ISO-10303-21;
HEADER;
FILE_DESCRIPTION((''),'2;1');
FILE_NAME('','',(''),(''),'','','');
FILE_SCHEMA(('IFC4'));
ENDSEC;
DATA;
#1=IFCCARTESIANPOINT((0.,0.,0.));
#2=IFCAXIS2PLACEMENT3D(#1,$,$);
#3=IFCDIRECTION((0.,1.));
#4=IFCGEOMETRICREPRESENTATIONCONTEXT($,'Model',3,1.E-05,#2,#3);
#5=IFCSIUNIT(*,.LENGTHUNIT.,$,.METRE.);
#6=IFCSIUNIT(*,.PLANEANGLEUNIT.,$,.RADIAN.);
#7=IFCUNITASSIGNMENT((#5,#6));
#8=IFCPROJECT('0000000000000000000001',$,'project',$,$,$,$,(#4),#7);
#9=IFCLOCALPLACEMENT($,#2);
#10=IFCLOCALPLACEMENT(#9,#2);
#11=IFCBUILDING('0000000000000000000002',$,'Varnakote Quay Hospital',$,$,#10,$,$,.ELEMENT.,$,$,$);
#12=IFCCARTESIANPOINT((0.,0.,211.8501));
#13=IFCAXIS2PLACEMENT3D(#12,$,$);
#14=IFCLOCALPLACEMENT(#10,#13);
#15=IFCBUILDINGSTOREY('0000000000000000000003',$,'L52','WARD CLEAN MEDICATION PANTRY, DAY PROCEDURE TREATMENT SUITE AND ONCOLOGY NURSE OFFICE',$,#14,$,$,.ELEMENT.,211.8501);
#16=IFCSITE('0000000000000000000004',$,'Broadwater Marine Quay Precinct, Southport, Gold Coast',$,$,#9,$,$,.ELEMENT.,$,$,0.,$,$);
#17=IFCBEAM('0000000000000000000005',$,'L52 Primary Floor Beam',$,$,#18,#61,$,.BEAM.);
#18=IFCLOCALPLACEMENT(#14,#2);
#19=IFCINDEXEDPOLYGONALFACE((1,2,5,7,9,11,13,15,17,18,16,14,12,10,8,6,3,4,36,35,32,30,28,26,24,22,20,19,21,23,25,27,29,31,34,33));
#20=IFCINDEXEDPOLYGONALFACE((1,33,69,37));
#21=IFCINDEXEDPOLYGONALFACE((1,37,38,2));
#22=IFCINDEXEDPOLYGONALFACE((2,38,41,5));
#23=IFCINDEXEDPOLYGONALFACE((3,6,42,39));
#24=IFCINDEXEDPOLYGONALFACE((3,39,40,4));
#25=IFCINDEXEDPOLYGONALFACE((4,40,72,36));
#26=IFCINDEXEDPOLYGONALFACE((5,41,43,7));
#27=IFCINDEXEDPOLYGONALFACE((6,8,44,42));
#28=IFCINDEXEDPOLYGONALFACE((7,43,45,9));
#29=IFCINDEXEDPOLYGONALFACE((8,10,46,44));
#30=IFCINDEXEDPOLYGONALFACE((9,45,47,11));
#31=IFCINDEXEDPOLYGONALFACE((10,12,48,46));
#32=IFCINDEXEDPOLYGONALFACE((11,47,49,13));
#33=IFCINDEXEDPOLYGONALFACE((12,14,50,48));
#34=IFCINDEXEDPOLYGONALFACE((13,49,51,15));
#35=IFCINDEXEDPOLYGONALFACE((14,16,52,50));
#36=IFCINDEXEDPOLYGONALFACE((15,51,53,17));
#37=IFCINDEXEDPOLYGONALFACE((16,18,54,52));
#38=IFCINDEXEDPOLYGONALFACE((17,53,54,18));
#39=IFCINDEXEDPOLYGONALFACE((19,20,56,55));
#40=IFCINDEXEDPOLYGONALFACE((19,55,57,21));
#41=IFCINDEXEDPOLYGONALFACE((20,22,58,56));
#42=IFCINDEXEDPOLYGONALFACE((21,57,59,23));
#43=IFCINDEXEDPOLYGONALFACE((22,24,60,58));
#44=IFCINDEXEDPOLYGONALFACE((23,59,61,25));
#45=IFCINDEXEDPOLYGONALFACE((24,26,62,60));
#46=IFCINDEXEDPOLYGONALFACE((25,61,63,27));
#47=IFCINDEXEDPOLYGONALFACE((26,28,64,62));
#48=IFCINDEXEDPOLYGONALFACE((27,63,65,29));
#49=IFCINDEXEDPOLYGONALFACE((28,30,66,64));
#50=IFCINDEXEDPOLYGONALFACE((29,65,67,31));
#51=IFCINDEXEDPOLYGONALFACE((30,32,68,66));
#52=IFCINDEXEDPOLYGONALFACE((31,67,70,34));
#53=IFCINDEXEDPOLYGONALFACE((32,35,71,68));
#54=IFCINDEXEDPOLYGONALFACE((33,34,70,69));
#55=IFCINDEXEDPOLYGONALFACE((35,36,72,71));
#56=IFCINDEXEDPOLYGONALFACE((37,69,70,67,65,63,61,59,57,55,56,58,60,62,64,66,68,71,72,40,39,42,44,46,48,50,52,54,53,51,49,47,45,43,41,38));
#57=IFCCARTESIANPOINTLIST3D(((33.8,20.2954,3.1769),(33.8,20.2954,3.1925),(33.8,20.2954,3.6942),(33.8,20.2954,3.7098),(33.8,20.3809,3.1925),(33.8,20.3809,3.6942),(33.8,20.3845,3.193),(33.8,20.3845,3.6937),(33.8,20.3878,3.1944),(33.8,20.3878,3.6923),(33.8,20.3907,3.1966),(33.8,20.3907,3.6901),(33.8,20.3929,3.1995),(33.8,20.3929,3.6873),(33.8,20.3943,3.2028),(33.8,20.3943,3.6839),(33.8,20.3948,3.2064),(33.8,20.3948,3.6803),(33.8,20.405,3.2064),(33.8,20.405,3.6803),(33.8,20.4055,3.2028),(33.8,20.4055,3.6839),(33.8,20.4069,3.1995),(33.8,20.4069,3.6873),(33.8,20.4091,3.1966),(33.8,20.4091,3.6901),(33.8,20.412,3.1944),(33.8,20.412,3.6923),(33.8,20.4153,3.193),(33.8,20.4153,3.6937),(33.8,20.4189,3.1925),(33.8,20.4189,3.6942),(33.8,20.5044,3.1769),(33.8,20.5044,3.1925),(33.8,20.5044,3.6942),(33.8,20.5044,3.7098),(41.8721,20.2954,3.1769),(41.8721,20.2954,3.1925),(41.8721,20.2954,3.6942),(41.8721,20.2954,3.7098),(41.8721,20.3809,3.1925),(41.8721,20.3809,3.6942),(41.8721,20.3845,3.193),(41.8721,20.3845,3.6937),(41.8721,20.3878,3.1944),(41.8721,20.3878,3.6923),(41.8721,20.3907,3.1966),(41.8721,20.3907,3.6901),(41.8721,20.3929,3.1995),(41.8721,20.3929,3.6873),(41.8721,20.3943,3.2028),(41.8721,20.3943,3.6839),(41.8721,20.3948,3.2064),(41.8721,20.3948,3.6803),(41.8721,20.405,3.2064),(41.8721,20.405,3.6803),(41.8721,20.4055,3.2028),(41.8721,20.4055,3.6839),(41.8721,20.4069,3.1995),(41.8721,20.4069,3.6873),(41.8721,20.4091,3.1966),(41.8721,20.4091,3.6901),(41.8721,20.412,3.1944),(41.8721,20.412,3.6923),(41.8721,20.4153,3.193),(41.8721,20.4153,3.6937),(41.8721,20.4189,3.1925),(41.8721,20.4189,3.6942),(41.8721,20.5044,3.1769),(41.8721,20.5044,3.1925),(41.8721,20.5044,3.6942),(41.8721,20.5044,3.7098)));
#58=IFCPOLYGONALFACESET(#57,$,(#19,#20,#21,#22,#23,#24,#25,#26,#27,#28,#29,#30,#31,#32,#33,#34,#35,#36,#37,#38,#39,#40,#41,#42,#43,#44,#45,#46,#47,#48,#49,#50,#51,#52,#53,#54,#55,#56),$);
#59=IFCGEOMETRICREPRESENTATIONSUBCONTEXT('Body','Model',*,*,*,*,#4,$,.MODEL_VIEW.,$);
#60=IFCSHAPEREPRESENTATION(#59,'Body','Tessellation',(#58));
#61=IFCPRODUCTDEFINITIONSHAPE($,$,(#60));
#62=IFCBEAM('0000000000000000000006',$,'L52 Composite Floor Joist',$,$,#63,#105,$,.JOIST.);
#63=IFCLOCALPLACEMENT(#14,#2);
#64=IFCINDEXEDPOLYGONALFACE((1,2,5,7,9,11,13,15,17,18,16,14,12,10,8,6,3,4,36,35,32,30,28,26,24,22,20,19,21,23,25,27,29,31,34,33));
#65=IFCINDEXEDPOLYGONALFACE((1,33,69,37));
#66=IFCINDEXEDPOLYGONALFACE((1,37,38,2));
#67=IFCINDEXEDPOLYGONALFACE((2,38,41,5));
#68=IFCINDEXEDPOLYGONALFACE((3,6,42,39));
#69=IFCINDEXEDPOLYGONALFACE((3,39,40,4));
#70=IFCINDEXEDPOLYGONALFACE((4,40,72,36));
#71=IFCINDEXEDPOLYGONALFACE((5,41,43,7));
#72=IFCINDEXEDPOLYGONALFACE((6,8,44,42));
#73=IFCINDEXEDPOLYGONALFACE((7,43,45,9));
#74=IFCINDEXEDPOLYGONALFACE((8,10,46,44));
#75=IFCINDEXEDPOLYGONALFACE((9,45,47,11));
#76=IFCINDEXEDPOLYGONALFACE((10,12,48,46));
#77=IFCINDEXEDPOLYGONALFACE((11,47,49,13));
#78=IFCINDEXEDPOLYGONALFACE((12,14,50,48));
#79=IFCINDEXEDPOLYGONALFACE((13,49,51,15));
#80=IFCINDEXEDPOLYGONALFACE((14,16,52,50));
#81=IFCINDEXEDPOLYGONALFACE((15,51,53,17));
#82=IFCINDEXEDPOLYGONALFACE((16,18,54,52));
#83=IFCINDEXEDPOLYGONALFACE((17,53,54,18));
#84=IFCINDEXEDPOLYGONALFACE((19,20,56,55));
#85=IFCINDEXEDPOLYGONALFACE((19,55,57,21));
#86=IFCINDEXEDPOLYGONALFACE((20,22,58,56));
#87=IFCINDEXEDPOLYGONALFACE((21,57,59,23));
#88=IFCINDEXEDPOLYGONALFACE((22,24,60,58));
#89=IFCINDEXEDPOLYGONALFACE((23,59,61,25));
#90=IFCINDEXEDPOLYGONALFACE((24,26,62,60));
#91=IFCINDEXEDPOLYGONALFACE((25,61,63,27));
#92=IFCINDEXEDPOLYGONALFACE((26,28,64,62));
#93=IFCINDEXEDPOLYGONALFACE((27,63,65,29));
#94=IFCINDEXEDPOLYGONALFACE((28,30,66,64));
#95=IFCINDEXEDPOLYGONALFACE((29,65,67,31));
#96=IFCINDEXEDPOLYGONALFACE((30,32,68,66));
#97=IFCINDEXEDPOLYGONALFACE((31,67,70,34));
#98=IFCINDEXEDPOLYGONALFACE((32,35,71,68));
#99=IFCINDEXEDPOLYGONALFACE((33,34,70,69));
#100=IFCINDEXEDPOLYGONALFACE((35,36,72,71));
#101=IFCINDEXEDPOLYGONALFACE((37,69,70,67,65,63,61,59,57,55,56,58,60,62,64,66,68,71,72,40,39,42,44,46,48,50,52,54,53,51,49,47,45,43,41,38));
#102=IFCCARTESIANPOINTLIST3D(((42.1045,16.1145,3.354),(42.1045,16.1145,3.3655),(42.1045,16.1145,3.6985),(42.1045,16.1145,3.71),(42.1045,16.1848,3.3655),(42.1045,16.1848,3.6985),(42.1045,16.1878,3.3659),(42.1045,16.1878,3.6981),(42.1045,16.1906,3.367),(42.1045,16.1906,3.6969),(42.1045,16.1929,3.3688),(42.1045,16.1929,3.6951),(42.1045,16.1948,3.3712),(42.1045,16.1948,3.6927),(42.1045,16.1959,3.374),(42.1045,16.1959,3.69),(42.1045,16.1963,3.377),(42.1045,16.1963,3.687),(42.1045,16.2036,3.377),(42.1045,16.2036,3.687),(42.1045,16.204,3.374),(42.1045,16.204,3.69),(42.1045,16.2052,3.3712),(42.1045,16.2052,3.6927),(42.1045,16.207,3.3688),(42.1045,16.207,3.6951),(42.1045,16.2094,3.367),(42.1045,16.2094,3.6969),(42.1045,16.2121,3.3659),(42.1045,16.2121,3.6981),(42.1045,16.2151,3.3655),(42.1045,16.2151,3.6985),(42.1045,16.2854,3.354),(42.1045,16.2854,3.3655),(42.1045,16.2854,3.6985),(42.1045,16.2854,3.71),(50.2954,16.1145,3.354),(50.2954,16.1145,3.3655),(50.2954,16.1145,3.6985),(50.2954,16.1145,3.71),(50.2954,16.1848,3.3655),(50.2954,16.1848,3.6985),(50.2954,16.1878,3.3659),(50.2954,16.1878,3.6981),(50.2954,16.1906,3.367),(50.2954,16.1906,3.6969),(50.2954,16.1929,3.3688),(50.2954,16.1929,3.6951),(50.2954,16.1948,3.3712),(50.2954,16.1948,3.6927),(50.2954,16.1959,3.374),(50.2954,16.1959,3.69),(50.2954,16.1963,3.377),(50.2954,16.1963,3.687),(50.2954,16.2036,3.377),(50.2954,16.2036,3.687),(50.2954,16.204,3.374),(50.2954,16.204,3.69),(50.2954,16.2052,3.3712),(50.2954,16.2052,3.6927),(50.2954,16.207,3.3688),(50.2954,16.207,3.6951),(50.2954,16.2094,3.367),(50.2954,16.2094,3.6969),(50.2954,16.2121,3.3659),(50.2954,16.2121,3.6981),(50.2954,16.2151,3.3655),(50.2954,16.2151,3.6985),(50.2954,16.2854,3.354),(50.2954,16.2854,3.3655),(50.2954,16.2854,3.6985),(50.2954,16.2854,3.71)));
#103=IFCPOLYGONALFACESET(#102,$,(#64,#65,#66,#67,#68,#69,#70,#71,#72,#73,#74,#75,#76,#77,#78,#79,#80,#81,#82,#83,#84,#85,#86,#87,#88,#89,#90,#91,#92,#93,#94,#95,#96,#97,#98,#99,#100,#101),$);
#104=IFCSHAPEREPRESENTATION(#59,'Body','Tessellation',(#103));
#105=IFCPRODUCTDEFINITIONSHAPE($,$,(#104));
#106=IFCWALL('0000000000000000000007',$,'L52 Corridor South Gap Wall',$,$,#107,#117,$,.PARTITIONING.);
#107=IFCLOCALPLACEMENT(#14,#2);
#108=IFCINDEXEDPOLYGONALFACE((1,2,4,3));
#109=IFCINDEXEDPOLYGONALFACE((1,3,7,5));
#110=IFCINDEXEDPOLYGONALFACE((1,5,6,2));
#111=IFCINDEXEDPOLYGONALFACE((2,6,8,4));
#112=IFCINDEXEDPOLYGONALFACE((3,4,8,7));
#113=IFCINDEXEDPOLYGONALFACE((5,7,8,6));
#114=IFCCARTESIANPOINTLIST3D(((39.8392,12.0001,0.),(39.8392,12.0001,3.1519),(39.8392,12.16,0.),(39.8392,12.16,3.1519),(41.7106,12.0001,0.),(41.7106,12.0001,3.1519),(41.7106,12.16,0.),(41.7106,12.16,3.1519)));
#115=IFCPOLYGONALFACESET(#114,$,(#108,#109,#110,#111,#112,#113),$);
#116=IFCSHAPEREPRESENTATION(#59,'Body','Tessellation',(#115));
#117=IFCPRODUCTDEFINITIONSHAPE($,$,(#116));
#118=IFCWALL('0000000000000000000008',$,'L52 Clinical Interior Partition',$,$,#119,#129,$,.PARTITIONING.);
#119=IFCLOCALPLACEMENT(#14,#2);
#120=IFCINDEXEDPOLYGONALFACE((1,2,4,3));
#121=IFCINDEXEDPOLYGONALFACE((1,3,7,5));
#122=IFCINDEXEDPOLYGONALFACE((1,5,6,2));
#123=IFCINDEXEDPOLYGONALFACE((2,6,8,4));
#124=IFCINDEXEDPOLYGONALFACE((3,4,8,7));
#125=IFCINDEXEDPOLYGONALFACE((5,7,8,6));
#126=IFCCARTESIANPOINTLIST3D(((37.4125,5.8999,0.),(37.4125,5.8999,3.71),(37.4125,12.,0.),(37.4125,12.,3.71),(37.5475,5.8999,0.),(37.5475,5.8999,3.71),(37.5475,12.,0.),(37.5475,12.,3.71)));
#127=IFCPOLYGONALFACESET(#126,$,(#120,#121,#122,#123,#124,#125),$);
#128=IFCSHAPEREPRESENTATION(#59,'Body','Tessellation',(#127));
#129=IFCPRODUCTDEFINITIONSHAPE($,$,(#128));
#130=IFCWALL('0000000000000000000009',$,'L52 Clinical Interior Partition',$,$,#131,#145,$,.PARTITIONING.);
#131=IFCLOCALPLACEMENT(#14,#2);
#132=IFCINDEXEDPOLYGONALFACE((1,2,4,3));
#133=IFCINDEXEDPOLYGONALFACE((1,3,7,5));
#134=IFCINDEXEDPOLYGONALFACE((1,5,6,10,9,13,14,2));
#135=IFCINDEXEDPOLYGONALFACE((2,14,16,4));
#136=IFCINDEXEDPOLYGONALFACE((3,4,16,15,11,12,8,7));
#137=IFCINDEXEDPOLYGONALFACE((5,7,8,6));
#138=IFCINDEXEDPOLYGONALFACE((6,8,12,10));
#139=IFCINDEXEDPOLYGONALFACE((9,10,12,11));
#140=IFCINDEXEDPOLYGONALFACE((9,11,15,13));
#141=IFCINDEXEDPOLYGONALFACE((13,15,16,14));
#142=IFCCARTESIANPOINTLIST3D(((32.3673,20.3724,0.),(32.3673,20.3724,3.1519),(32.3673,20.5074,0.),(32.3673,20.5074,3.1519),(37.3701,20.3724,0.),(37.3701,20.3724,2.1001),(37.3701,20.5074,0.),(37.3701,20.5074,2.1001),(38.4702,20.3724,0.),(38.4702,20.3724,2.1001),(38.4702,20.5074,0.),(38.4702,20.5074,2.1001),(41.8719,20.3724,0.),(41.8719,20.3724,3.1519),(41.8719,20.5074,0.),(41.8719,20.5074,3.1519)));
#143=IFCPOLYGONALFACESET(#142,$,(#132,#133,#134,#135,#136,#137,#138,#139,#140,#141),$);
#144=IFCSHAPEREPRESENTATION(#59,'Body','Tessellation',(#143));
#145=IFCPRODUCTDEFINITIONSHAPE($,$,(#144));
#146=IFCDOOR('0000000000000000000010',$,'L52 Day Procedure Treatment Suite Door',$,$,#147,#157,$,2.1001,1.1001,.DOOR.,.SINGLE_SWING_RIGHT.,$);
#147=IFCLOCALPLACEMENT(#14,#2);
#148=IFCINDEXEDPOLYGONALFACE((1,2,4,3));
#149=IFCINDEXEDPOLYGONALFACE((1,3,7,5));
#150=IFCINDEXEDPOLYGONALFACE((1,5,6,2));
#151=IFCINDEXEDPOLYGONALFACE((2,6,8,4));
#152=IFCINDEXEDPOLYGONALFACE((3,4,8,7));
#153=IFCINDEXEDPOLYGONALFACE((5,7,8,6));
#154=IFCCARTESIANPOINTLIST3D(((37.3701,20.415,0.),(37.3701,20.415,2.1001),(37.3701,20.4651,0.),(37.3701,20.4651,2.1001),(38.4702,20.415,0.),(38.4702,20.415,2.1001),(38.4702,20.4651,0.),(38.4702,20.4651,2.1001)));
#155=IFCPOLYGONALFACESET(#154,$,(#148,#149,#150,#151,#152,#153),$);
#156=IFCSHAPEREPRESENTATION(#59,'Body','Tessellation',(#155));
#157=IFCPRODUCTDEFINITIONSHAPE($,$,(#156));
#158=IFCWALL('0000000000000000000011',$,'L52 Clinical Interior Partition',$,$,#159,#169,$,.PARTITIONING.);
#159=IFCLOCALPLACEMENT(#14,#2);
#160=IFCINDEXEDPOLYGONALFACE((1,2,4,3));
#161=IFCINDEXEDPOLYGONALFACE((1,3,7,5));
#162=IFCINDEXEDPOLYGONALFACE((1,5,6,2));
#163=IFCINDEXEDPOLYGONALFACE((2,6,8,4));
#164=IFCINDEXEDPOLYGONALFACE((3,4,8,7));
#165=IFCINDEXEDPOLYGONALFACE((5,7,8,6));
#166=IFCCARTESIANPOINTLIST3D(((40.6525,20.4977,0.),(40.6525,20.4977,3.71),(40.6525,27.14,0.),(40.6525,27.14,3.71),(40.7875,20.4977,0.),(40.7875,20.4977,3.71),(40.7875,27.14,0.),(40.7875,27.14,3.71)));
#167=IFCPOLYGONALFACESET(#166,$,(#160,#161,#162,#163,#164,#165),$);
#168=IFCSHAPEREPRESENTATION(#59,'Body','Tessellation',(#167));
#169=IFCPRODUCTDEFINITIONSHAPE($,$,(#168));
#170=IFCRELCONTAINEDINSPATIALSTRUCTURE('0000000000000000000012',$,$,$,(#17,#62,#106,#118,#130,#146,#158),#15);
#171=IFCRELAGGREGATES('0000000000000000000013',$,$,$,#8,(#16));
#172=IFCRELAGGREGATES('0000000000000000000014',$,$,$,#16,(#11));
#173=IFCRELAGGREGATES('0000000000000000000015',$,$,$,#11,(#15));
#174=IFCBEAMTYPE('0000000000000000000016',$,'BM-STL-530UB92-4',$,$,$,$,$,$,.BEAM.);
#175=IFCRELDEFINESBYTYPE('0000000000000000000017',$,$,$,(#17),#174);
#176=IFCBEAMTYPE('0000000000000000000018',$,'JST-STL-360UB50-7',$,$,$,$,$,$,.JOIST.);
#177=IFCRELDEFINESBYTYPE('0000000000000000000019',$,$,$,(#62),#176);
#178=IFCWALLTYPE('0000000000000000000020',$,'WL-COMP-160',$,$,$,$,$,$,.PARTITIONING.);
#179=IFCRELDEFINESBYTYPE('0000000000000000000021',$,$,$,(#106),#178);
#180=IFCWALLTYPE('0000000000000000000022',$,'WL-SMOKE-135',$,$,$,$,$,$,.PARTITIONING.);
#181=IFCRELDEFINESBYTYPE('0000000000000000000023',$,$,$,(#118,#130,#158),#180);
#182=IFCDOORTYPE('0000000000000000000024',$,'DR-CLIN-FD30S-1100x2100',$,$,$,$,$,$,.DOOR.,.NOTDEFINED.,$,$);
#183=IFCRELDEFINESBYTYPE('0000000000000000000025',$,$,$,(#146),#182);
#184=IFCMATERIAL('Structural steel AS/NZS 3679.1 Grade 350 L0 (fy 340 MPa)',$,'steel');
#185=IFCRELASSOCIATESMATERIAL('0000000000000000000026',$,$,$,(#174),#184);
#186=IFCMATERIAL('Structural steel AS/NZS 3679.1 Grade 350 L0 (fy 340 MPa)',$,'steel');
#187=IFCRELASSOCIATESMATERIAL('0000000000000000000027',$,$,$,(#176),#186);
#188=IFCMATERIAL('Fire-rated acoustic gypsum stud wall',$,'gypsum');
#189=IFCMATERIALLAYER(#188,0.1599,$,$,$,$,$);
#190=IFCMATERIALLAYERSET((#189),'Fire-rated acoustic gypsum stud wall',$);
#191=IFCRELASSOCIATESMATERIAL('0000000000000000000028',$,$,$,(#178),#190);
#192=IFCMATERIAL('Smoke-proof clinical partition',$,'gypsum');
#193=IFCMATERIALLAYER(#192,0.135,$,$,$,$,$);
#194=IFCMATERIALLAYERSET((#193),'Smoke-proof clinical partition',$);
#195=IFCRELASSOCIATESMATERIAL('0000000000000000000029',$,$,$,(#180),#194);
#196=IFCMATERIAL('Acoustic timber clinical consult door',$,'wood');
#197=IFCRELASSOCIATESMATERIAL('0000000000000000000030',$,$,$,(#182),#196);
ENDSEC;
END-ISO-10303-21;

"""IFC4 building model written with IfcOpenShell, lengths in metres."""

from ifc_helpers import new_model, si_unit, direction, frame, frame_2d, origin, origin_2d, place, context, subcontext, project, spatial, rectangle, i_section, extrude, material, layer, layer_set, material_profile, profile_set, type_object, element, fill, save


model = new_model("IFC4")

# Units and contexts
model_context = context("Model", 3, precision=1e-05, world=origin(), true_north=direction((0.0, 1.0)))
body_context = subcontext(model_context, "Body", "Model", "MODEL_VIEW")
ifc_project = project(units=[si_unit("LENGTHUNIT", "METRE"), si_unit("PLANEANGLEUNIT", "RADIAN")], contexts=[model_context])

# Site, building, storey
site_placement = place(None, origin())
site = spatial("IfcSite", under=ifc_project, at=site_placement, Name="Broadwater Marine Quay Precinct, Southport, Gold Coast", CompositionType="ELEMENT", RefElevation=0.0)
building_placement = place(site_placement, origin())
building = spatial("IfcBuilding", under=site, at=building_placement, Name="Varnakote Quay Hospital", CompositionType="ELEMENT")
storey_placement = place(building_placement, frame((0.0, 0.0, 211.8501)))
storey = spatial("IfcBuildingStorey", under=building, at=storey_placement, Name="L52", Description="WARD CLEAN MEDICATION PANTRY, DAY PROCEDURE TREATMENT SUITE AND ONCOLOGY NURSE OFFICE", CompositionType="ELEMENT", Elevation=211.8501)

# Beams
ifc_material_1 = material(Name="Structural steel AS/NZS 3679.1 Grade 350 L0 (fy 340 MPa)", Category="steel")
ifc_material_profile_1 = material_profile(ifc_material_1, i_section(OverallWidth=0.209, OverallDepth=0.533, WebThickness=0.0103, FlangeThickness=0.0156, FilletRadius=0.0139, at=origin_2d()), Name="530UB92.4")
ifc_profile_set_1 = profile_set([ifc_material_profile_1], Name="Structural steel AS/NZS 3679.1 Grade 350 L0 (fy 340 MPa)")
beam_type_1 = type_object("IfcBeamType", Name="BM-STL-530UB92-4", PredefinedType="BEAM", material=ifc_profile_set_1)
beam_1_placement = place(storey_placement, frame((33.8, 20.3999, 3.4434), z_axis=(1.0, 0.0, 0.0), x_axis=(0.0, 1.0, 0.0)))
element("IfcBeam", 1, at=beam_1_placement, inside=storey, type_object=beam_type_1, Name="L52 Primary Floor Beam", PredefinedType="BEAM", context=body_context, shape_type="SweptSolid", body=[
    extrude(i_section(OverallWidth=0.209, OverallDepth=0.533, WebThickness=0.0103, FlangeThickness=0.0156, FilletRadius=0.0139, at=origin_2d()), origin(), (0.0, 0.0, 1.0), 8.072),
])
ifc_material_2 = material(Name="Structural steel AS/NZS 3679.1 Grade 350 L0 (fy 340 MPa)", Category="steel")
ifc_material_profile_2 = material_profile(ifc_material_2, i_section(OverallWidth=0.1709, OverallDepth=0.356, WebThickness=0.0073, FlangeThickness=0.0115, FilletRadius=0.0115, at=origin_2d()), Name="360UB50.7")
ifc_profile_set_2 = profile_set([ifc_material_profile_2], Name="Structural steel AS/NZS 3679.1 Grade 350 L0 (fy 340 MPa)")
beam_type_2 = type_object("IfcBeamType", Name="JST-STL-360UB50-7", PredefinedType="JOIST", material=ifc_profile_set_2)
beam_2_placement = place(storey_placement, frame((42.1045, 16.2, 3.532), z_axis=(1.0, 0.0, 0.0), x_axis=(0.0, 1.0, 0.0)))
element("IfcBeam", 2, at=beam_2_placement, inside=storey, type_object=beam_type_2, Name="L52 Composite Floor Joist", PredefinedType="JOIST", context=body_context, shape_type="SweptSolid", body=[
    extrude(i_section(OverallWidth=0.1709, OverallDepth=0.356, WebThickness=0.0073, FlangeThickness=0.0115, FilletRadius=0.0115, at=origin_2d()), origin(), (0.0, 0.0, 1.0), 8.1909),
])

# Walls
ifc_material_3 = material(Name="Fire-rated acoustic gypsum stud wall", Category="gypsum")
ifc_layer_1 = layer(ifc_material_3, 0.1599)
ifc_layer_set_1 = layer_set([ifc_layer_1], Name="Fire-rated acoustic gypsum stud wall")
wall_type_1 = type_object("IfcWallType", Name="WL-COMP-160", PredefinedType="PARTITIONING", material=ifc_layer_set_1)
wall_1_placement = place(storey_placement, frame((39.8394, 12.0801, 0.0), z_axis=(0.0, 0.0, 1.0), x_axis=(1.0, 0.0, 0.0)))
element("IfcWall", 3, at=wall_1_placement, inside=storey, type_object=wall_type_1, Name="L52 Corridor South Gap Wall", PredefinedType="PARTITIONING", context=body_context, shape_type="SweptSolid", body=[
    extrude(rectangle(XDim=1.8713, YDim=0.1599, at=frame_2d((0.9355, 0.0))), origin(), (0.0, 0.0, 1.0), 3.1519),
])
ifc_material_4 = material(Name="Smoke-proof clinical partition", Category="gypsum")
ifc_layer_2 = layer(ifc_material_4, 0.135)
ifc_layer_set_2 = layer_set([ifc_layer_2], Name="Smoke-proof clinical partition")
wall_type_2 = type_object("IfcWallType", Name="WL-SMOKE-135", PredefinedType="PARTITIONING", material=ifc_layer_set_2)
wall_2_placement = place(storey_placement, frame((37.48, 5.8999, 0.0), z_axis=(0.0, 0.0, 1.0), x_axis=(0.0, 1.0, 0.0)))
element("IfcWall", 4, at=wall_2_placement, inside=storey, type_object=wall_type_2, Name="L52 Clinical Interior Partition", PredefinedType="PARTITIONING", context=body_context, shape_type="SweptSolid", body=[
    extrude(rectangle(XDim=6.1001, YDim=0.135, at=frame_2d((3.05, 0.0))), origin(), (0.0, 0.0, 1.0), 3.71),
])

# Wall, opening, door
wall_3_placement = place(storey_placement, frame((41.8721, 20.4399, 0.0), z_axis=(0.0, 0.0, 1.0), x_axis=(-1.0, 0.0, 0.0)))
wall_3 = element("IfcWall", 5, at=wall_3_placement, inside=storey, type_object=wall_type_2, Name="L52 Clinical Interior Partition", PredefinedType="PARTITIONING", context=body_context, shape_type="SweptSolid", body=[
    extrude(rectangle(XDim=9.5046, YDim=0.135, at=frame_2d((4.7524, 0.0))), origin(), (0.0, 0.0, 1.0), 3.1519),
])
opening_1_placement = place(wall_3_placement, frame((3.4019, 0.0, 0.0)))
opening_1 = element("IfcOpeningElement", 6, at=opening_1_placement, cuts=wall_3, PredefinedType="OPENING", context=body_context, shape_type="SweptSolid", body=[
    extrude(rectangle(XDim=1.1001, YDim=2.1001, at=frame_2d((0.55, 1.05))), frame((0.0, 0.0774, 0.0), z_axis=(0.0, -1.0, 0.0), x_axis=(1.0, 0.0, 0.0)), (0.0, 0.0, 1.0), 0.155),
])
ifc_material_5 = material(Name="Acoustic timber clinical consult door", Category="wood")
door_type = type_object("IfcDoorType", Name="DR-CLIN-FD30S-1100x2100", OperationType="NOTDEFINED", PredefinedType="DOOR", material=ifc_material_5)
door_1_placement = place(opening_1_placement, origin())
door_1 = element("IfcDoor", 7, at=door_1_placement, inside=storey, type_object=door_type, Name="L52 Day Procedure Treatment Suite Door", OperationType="SINGLE_SWING_RIGHT", OverallHeight=2.1001, OverallWidth=1.1001, PredefinedType="DOOR", context=body_context, shape_type="SweptSolid", body=[
    extrude(rectangle(XDim=1.1001, YDim=2.1001, at=frame_2d((0.55, 1.05))), frame((0.0, 0.0249, 0.0), z_axis=(0.0, -1.0, 0.0), x_axis=(1.0, 0.0, 0.0)), (0.0, 0.0, 1.0), 0.05),
])
fill(opening_1, door_1)

# Wall
wall_4_placement = place(storey_placement, frame((40.72, 20.4976, 0.0), z_axis=(0.0, 0.0, 1.0), x_axis=(0.0, 1.0, 0.0)))
element("IfcWall", 8, at=wall_4_placement, inside=storey, type_object=wall_type_2, Name="L52 Clinical Interior Partition", PredefinedType="PARTITIONING", context=body_context, shape_type="SweptSolid", body=[
    extrude(rectangle(XDim=6.6423, YDim=0.135, at=frame_2d((3.3213, 0.0))), origin(), (0.0, 0.0, 1.0), 3.71),
])

save(model, "model.ifc")
